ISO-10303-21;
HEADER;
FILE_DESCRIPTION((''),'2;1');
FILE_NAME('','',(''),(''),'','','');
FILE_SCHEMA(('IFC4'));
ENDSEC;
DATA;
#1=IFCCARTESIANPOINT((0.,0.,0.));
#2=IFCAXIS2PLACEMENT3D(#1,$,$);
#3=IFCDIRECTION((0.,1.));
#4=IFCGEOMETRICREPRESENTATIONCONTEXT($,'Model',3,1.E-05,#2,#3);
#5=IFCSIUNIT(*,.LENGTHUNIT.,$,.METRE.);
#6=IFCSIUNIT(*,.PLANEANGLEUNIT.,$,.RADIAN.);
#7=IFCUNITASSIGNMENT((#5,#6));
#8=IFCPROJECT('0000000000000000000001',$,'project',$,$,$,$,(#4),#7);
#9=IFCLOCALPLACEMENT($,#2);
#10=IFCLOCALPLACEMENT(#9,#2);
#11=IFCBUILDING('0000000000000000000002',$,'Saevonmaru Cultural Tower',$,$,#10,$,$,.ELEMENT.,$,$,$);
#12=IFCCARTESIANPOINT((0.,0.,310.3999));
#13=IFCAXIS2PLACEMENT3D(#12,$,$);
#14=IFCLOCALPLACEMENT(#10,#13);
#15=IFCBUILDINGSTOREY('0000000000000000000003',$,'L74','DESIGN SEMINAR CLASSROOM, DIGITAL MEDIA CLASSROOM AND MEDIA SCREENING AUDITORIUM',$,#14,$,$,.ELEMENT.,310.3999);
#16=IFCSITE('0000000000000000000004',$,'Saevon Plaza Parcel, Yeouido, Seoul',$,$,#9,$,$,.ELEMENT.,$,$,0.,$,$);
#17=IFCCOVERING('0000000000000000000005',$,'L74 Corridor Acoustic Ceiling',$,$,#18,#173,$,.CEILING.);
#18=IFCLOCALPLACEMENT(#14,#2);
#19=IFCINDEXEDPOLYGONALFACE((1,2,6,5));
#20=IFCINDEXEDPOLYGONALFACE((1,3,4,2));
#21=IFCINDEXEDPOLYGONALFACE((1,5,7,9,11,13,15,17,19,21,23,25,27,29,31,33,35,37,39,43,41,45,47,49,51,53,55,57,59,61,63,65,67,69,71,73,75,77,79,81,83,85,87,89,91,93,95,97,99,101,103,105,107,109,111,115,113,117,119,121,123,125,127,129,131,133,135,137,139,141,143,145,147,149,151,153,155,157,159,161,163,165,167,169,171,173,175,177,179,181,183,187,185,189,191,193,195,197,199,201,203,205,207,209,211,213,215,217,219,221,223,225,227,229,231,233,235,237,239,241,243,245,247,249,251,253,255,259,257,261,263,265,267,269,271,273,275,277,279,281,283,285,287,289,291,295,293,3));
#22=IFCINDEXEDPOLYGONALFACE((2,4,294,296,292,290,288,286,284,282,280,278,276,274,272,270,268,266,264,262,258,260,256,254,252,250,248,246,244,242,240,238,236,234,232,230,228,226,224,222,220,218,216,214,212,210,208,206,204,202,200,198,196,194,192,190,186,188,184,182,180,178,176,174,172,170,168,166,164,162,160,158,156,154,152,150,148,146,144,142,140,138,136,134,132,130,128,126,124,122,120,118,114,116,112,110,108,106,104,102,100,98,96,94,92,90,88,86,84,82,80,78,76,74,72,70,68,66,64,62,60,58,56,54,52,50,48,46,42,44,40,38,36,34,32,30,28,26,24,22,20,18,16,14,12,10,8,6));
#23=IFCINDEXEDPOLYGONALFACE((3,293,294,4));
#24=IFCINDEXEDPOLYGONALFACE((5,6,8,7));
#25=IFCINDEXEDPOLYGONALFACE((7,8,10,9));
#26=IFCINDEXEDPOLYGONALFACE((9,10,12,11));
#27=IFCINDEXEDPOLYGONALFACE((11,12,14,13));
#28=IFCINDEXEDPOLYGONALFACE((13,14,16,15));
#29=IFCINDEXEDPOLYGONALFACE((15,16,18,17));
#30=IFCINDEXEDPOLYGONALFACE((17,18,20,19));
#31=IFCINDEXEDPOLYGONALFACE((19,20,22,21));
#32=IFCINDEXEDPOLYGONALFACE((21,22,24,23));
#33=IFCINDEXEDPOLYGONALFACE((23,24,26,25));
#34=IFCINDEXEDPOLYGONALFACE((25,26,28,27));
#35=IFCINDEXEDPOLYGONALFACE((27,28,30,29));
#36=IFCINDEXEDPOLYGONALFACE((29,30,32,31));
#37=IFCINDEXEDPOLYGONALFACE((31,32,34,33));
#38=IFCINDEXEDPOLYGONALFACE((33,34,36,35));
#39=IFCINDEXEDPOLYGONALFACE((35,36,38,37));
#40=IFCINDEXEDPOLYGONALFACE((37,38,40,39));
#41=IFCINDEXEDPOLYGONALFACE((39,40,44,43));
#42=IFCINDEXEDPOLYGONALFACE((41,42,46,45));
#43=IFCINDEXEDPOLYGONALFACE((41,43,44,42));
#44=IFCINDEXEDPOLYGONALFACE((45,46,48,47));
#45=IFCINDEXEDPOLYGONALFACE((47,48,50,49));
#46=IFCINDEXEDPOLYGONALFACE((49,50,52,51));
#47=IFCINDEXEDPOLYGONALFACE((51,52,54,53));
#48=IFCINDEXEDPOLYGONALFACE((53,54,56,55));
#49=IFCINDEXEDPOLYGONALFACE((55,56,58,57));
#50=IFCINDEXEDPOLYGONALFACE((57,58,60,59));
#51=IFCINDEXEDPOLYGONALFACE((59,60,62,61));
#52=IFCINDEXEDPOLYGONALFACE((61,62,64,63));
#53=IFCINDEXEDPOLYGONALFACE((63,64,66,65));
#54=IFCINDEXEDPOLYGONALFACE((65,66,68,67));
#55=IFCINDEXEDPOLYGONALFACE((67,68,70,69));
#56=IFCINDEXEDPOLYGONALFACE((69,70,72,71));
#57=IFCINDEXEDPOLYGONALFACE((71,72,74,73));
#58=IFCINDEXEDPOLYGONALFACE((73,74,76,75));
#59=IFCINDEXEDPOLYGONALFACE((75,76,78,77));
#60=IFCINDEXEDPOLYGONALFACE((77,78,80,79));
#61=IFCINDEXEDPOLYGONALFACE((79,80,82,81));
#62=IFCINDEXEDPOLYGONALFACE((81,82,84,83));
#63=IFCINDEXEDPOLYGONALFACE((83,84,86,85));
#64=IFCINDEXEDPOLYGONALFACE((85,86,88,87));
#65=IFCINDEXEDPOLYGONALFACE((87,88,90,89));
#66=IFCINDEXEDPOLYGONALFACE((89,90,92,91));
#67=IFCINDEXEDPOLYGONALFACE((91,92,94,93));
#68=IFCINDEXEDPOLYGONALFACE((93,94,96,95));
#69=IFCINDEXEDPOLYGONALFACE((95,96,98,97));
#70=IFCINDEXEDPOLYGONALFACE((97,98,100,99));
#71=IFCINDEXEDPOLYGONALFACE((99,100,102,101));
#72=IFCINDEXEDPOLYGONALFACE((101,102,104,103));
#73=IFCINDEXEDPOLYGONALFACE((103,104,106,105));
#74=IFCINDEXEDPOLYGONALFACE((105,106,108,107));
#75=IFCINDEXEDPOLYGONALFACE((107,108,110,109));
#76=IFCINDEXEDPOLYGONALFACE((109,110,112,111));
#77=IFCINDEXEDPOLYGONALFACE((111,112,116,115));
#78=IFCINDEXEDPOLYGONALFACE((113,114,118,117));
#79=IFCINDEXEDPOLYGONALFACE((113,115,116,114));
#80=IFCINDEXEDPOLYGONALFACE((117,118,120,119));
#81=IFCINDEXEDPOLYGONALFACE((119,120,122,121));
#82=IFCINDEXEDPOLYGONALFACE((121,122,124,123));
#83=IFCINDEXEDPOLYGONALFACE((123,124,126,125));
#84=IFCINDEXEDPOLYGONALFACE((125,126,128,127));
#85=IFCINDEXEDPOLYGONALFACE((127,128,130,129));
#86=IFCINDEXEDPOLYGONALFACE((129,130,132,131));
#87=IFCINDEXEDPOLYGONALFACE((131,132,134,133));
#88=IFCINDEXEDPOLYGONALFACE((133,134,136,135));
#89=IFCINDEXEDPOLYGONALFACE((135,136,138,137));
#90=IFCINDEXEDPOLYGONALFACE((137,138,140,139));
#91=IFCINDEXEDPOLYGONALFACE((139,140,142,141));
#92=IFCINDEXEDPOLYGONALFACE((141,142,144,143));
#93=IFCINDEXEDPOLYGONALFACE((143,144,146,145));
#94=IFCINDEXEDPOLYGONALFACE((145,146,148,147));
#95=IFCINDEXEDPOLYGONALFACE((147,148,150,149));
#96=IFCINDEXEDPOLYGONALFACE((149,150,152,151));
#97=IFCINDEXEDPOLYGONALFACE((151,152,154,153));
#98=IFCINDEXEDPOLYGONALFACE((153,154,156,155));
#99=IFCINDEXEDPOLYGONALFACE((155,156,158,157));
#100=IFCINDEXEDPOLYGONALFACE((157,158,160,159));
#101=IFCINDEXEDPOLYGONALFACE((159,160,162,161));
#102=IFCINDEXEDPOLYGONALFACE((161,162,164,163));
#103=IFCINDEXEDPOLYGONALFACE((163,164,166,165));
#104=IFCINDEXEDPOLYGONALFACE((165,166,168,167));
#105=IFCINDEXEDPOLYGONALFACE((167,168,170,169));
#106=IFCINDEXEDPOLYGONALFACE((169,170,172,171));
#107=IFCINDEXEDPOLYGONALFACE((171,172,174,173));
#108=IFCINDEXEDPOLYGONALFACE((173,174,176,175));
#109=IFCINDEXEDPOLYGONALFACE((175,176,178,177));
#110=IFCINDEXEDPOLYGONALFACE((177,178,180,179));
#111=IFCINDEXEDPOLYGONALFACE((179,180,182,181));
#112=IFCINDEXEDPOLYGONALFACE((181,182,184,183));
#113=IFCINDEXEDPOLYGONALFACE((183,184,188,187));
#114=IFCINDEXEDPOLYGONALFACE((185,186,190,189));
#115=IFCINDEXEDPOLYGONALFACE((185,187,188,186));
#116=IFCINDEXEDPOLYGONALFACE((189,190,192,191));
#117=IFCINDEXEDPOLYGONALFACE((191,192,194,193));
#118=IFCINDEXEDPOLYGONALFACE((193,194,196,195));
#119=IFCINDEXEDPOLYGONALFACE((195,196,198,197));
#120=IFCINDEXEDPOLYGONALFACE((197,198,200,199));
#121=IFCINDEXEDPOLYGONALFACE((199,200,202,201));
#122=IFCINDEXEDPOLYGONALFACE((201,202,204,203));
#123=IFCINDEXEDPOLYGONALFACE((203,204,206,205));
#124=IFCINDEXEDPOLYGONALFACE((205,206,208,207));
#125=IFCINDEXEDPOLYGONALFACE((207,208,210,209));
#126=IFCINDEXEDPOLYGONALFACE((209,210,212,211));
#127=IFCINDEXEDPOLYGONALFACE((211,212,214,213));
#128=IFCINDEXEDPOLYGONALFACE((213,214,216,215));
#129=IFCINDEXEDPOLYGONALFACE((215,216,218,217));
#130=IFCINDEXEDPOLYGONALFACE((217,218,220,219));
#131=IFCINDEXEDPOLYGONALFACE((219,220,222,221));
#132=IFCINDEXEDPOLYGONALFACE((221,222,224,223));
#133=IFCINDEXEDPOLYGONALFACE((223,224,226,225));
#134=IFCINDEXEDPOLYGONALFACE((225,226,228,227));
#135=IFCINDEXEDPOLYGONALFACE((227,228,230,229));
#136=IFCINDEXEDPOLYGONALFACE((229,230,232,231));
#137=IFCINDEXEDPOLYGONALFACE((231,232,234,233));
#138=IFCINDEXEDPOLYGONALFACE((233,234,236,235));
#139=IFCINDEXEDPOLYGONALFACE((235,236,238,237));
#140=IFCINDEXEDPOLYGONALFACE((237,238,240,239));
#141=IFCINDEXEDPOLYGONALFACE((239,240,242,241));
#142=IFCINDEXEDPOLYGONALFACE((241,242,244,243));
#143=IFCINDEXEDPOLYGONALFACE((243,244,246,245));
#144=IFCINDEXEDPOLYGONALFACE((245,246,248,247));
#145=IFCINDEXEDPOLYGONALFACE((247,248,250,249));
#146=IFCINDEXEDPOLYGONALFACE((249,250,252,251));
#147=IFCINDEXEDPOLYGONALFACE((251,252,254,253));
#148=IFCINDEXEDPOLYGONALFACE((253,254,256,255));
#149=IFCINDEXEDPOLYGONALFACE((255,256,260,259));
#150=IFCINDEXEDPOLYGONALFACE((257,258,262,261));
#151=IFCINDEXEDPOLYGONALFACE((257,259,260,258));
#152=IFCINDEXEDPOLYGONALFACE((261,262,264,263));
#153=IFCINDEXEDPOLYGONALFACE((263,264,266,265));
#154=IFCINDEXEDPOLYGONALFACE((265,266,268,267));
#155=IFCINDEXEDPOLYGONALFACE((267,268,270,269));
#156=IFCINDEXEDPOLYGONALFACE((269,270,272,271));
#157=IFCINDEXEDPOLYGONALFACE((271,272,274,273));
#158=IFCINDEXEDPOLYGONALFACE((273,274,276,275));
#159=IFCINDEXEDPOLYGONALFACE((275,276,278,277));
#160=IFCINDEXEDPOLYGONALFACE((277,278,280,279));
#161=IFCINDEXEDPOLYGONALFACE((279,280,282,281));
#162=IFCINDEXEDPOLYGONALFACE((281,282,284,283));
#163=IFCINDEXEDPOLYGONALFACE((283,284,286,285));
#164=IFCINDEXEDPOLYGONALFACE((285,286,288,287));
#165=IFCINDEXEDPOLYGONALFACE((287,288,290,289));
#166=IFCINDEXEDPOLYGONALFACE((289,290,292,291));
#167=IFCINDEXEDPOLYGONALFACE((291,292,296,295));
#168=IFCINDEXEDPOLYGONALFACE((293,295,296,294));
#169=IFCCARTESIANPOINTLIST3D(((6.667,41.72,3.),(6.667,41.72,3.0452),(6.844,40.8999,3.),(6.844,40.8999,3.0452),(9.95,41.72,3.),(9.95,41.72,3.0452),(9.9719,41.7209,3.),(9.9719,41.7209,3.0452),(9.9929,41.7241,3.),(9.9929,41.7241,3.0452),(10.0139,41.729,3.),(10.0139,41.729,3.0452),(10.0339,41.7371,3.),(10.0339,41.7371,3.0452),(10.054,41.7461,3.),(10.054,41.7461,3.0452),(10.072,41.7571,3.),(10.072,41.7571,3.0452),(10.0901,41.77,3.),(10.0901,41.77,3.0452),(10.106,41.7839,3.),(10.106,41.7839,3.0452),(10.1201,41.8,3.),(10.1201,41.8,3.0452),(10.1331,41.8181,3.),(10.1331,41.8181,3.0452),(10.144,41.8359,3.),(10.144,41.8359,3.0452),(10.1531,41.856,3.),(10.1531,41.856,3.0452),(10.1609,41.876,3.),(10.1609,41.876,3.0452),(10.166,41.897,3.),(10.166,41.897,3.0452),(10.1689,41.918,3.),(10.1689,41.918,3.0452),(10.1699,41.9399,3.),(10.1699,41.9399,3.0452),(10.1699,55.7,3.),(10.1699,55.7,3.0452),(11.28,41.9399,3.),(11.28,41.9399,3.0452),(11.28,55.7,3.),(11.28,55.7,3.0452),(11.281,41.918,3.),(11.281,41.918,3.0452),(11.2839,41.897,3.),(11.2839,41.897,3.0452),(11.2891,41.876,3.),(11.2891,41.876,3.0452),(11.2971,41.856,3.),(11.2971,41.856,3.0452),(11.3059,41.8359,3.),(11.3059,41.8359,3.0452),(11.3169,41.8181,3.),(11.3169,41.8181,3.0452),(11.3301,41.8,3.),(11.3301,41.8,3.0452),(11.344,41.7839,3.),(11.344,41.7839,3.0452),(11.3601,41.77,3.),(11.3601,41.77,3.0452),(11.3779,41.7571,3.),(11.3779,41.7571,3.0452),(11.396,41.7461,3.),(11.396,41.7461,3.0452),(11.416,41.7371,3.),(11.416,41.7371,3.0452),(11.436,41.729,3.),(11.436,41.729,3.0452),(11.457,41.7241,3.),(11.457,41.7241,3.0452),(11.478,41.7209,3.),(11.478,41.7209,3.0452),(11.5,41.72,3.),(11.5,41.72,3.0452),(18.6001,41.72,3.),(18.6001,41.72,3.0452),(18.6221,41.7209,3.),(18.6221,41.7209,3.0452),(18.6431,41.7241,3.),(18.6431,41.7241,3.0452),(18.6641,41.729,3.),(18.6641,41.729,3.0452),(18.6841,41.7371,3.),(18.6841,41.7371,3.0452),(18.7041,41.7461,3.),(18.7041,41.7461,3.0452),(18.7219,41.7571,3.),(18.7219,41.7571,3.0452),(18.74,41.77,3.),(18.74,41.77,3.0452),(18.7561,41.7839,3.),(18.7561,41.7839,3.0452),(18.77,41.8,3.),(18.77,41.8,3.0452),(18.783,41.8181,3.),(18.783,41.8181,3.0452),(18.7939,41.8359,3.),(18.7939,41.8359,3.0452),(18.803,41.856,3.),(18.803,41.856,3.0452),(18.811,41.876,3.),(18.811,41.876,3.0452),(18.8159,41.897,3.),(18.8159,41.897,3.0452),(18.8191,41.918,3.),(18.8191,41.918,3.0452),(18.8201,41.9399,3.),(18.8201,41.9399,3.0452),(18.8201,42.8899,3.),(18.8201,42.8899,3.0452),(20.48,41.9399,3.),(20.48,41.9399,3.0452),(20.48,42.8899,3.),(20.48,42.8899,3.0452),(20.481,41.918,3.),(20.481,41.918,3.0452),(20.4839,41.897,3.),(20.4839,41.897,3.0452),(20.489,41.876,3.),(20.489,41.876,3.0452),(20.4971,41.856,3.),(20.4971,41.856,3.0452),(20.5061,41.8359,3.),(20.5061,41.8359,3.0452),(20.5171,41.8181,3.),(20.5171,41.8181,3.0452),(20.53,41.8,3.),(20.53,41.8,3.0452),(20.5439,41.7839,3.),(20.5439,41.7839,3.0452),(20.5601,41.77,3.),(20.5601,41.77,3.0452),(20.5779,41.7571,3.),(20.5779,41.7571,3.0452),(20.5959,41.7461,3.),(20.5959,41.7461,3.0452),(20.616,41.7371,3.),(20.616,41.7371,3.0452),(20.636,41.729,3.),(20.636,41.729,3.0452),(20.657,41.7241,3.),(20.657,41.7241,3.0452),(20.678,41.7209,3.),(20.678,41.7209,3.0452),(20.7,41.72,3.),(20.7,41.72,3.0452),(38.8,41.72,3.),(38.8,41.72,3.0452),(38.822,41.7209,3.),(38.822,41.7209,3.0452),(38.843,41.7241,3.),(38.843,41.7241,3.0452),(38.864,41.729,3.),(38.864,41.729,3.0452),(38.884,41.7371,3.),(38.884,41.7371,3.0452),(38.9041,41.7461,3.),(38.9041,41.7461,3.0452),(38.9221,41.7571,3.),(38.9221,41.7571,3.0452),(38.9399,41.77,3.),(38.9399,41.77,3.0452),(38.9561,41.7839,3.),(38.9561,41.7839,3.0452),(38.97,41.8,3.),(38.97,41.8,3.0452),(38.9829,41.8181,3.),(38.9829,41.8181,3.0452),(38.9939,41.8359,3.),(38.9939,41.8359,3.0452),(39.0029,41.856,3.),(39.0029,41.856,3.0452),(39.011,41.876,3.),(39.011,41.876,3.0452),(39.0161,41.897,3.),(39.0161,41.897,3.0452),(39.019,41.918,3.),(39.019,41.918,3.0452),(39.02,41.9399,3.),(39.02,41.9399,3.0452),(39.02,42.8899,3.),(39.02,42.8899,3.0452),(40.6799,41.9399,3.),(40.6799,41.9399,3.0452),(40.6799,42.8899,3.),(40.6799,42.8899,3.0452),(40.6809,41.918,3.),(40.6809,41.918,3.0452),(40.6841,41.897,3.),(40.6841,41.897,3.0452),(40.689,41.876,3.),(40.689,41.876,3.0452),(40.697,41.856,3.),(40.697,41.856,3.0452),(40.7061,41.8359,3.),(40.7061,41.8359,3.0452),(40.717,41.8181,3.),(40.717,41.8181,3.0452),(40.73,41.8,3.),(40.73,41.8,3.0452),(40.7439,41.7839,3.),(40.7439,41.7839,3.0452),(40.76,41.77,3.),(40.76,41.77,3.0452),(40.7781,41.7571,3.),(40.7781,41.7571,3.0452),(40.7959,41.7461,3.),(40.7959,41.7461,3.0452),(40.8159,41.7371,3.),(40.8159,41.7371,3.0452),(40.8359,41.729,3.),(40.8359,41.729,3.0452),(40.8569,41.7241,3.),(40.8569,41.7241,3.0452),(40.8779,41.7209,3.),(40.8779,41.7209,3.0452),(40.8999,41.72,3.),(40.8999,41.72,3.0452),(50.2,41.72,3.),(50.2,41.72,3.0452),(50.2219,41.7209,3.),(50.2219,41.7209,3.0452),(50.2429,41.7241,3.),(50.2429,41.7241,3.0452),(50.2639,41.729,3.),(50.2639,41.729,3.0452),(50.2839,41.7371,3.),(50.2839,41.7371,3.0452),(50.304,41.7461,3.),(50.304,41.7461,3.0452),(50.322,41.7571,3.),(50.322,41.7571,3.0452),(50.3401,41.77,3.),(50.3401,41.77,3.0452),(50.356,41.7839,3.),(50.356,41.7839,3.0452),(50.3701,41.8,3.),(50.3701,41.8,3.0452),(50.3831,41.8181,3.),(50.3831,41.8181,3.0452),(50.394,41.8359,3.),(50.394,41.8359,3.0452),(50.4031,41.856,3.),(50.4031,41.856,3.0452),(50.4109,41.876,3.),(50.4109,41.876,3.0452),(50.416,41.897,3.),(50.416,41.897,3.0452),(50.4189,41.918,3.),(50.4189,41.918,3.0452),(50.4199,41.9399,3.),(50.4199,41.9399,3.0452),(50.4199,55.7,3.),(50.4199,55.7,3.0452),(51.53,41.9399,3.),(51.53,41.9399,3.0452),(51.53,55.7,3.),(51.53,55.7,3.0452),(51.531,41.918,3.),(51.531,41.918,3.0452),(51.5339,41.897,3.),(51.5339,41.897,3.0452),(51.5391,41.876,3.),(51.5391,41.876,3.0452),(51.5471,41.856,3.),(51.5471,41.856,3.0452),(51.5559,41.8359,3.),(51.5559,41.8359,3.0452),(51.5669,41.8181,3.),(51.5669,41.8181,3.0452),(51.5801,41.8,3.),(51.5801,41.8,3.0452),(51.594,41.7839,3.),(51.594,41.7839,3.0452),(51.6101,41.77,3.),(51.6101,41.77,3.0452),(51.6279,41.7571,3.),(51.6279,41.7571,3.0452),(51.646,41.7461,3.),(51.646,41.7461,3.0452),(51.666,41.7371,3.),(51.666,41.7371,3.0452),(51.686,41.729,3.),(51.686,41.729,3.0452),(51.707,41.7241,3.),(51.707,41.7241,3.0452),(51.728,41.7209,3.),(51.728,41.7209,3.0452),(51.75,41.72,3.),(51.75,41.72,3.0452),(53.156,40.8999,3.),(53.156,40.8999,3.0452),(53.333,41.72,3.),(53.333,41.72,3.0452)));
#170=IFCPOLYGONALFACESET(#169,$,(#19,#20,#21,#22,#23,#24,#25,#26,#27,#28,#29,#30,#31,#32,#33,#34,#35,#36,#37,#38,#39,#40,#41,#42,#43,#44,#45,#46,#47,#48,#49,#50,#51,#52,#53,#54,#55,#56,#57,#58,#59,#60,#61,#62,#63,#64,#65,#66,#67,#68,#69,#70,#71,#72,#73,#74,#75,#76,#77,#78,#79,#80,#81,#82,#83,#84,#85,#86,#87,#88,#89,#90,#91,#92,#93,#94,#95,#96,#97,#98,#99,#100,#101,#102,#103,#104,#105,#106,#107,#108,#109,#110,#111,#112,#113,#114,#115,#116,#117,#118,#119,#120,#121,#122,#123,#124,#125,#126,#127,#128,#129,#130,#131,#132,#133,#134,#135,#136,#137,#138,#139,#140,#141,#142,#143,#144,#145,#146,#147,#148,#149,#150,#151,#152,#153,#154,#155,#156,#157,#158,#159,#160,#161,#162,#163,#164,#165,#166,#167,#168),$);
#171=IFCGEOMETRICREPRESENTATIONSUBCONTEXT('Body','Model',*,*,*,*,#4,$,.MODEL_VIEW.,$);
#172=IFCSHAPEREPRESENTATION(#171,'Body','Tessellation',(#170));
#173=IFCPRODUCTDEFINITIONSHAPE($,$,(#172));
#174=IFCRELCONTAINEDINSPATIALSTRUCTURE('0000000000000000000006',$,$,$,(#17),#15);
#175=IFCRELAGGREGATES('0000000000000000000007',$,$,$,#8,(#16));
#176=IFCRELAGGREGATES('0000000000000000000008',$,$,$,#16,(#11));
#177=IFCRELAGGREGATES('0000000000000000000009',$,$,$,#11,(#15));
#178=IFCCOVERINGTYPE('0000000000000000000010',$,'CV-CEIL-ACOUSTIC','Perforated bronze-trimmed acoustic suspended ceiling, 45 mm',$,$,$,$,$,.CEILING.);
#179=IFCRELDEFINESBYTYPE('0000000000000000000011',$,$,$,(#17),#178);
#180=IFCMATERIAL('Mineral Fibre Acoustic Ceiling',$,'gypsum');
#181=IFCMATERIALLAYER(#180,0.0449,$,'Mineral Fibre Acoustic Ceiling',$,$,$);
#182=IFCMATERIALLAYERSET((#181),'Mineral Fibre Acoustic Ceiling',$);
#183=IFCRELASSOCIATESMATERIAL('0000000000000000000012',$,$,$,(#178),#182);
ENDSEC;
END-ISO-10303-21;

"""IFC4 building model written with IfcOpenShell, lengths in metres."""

from ifc_helpers import new_model, si_unit, direction, frame, origin, place, context, subcontext, project, spatial, polyline, outline, extrude, material, layer, layer_set, type_object, element, save


model = new_model("IFC4")

# Units and contexts
model_context = context("Model", 3, precision=1e-05, world=origin(), true_north=direction((0.0, 1.0)))
body_context = subcontext(model_context, "Body", "Model", "MODEL_VIEW")
ifc_project = project(units=[si_unit("LENGTHUNIT", "METRE"), si_unit("PLANEANGLEUNIT", "RADIAN")], contexts=[model_context])

# Site, building, storey
site_placement = place(None, origin())
site = spatial("IfcSite", under=ifc_project, at=site_placement, Name="Saevon Plaza Parcel, Yeouido, Seoul", CompositionType="ELEMENT", RefElevation=0.0)
building_placement = place(site_placement, origin())
building = spatial("IfcBuilding", under=site, at=building_placement, Name="Saevonmaru Cultural Tower", CompositionType="ELEMENT")
storey_placement = place(building_placement, frame((0.0, 0.0, 310.3999)))
storey = spatial("IfcBuildingStorey", under=building, at=storey_placement, Name="L74", Description="DESIGN SEMINAR CLASSROOM, DIGITAL MEDIA CLASSROOM AND MEDIA SCREENING AUDITORIUM", CompositionType="ELEMENT", Elevation=310.3999)

# Covering
ifc_material_1 = material(Name="Mineral Fibre Acoustic Ceiling", Category="gypsum")
ifc_layer_1 = layer(ifc_material_1, 0.0449, Name="Mineral Fibre Acoustic Ceiling")
ifc_layer_set_1 = layer_set([ifc_layer_1], Name="Mineral Fibre Acoustic Ceiling")
covering_type_1 = type_object("IfcCoveringType", Name="CV-CEIL-ACOUSTIC", Description="Perforated bronze-trimmed acoustic suspended ceiling, 45 mm", PredefinedType="CEILING", material=ifc_layer_set_1)
covering_1_placement = place(storey_placement, frame((0.0, 0.0, 3.0)))
element("IfcCovering", 1, at=covering_1_placement, inside=storey, type_object=covering_type_1, Name="L74 Corridor Acoustic Ceiling", PredefinedType="CEILING", context=body_context, shape_type="SweptSolid", body=[
    extrude(outline(polyline([(6.844, 40.8999), (6.667, 41.72), (9.95, 41.72), (9.9719, 41.7209), (9.9929, 41.7241), (10.0139, 41.729), (10.0339, 41.7371), (10.054, 41.7461), (10.072, 41.7571), (10.0901, 41.77), (10.106, 41.7839), (10.1201, 41.8), (10.1331, 41.8181), (10.144, 41.8359), (10.1531, 41.856), (10.1609, 41.876), (10.166, 41.897), (10.1689, 41.918), (10.1699, 41.9399), (10.1699, 55.7), (11.28, 55.7), (11.28, 41.9399), (11.281, 41.918), (11.2839, 41.897), (11.2891, 41.876), (11.2971, 41.856), (11.3059, 41.8359), (11.3169, 41.8181), (11.3301, 41.8), (11.344, 41.7839), (11.3601, 41.77), (11.3779, 41.7571), (11.396, 41.7461), (11.416, 41.7371), (11.436, 41.729), (11.457, 41.7241), (11.478, 41.7209), (11.5, 41.72), (18.6001, 41.72), (18.6221, 41.7209), (18.6431, 41.7241), (18.6641, 41.729), (18.6841, 41.7371), (18.7041, 41.7461), (18.7219, 41.7571), (18.74, 41.77), (18.7561, 41.7839), (18.77, 41.8), (18.783, 41.8181), (18.7939, 41.8359), (18.803, 41.856), (18.811, 41.876), (18.8159, 41.897), (18.8191, 41.918), (18.8201, 41.9399), (18.8201, 42.8899), (20.48, 42.8899), (20.48, 41.9399), (20.481, 41.918), (20.4839, 41.897), (20.489, 41.876), (20.4971, 41.856), (20.5061, 41.8359), (20.5171, 41.8181), (20.53, 41.8), (20.5439, 41.7839), (20.5601, 41.77), (20.5779, 41.7571), (20.5959, 41.7461), (20.616, 41.7371), (20.636, 41.729), (20.657, 41.7241), (20.678, 41.7209), (20.7, 41.72), (38.8, 41.72), (38.822, 41.7209), (38.843, 41.7241), (38.864, 41.729), (38.884, 41.7371), (38.9041, 41.7461), (38.9221, 41.7571), (38.9399, 41.77), (38.9561, 41.7839), (38.97, 41.8), (38.9829, 41.8181), (38.9939, 41.8359), (39.0029, 41.856), (39.011, 41.876), (39.0161, 41.897), (39.019, 41.918), (39.02, 41.9399), (39.02, 42.8899), (40.6799, 42.8899), (40.6799, 41.9399), (40.6809, 41.918), (40.6841, 41.897), (40.689, 41.876), (40.697, 41.856), (40.7061, 41.8359), (40.717, 41.8181), (40.73, 41.8), (40.7439, 41.7839), (40.76, 41.77), (40.7781, 41.7571), (40.7959, 41.7461), (40.8159, 41.7371), (40.8359, 41.729), (40.8569, 41.7241), (40.8779, 41.7209), (40.8999, 41.72), (50.2, 41.72), (50.2219, 41.7209), (50.2429, 41.7241), (50.2639, 41.729), (50.2839, 41.7371), (50.304, 41.7461), (50.322, 41.7571), (50.3401, 41.77), (50.356, 41.7839), (50.3701, 41.8), (50.3831, 41.8181), (50.394, 41.8359), (50.4031, 41.856), (50.4109, 41.876), (50.416, 41.897), (50.4189, 41.918), (50.4199, 41.9399), (50.4199, 55.7), (51.53, 55.7), (51.53, 41.9399), (51.531, 41.918), (51.5339, 41.897), (51.5391, 41.876), (51.5471, 41.856), (51.5559, 41.8359), (51.5669, 41.8181), (51.5801, 41.8), (51.594, 41.7839), (51.6101, 41.77), (51.6279, 41.7571), (51.646, 41.7461), (51.666, 41.7371), (51.686, 41.729), (51.707, 41.7241), (51.728, 41.7209), (51.75, 41.72), (53.333, 41.72), (53.156, 40.8999), (6.844, 40.8999)])), origin(), (0.0, 0.0, 1.0), 0.0452),
])

save(model, "model.ifc")
